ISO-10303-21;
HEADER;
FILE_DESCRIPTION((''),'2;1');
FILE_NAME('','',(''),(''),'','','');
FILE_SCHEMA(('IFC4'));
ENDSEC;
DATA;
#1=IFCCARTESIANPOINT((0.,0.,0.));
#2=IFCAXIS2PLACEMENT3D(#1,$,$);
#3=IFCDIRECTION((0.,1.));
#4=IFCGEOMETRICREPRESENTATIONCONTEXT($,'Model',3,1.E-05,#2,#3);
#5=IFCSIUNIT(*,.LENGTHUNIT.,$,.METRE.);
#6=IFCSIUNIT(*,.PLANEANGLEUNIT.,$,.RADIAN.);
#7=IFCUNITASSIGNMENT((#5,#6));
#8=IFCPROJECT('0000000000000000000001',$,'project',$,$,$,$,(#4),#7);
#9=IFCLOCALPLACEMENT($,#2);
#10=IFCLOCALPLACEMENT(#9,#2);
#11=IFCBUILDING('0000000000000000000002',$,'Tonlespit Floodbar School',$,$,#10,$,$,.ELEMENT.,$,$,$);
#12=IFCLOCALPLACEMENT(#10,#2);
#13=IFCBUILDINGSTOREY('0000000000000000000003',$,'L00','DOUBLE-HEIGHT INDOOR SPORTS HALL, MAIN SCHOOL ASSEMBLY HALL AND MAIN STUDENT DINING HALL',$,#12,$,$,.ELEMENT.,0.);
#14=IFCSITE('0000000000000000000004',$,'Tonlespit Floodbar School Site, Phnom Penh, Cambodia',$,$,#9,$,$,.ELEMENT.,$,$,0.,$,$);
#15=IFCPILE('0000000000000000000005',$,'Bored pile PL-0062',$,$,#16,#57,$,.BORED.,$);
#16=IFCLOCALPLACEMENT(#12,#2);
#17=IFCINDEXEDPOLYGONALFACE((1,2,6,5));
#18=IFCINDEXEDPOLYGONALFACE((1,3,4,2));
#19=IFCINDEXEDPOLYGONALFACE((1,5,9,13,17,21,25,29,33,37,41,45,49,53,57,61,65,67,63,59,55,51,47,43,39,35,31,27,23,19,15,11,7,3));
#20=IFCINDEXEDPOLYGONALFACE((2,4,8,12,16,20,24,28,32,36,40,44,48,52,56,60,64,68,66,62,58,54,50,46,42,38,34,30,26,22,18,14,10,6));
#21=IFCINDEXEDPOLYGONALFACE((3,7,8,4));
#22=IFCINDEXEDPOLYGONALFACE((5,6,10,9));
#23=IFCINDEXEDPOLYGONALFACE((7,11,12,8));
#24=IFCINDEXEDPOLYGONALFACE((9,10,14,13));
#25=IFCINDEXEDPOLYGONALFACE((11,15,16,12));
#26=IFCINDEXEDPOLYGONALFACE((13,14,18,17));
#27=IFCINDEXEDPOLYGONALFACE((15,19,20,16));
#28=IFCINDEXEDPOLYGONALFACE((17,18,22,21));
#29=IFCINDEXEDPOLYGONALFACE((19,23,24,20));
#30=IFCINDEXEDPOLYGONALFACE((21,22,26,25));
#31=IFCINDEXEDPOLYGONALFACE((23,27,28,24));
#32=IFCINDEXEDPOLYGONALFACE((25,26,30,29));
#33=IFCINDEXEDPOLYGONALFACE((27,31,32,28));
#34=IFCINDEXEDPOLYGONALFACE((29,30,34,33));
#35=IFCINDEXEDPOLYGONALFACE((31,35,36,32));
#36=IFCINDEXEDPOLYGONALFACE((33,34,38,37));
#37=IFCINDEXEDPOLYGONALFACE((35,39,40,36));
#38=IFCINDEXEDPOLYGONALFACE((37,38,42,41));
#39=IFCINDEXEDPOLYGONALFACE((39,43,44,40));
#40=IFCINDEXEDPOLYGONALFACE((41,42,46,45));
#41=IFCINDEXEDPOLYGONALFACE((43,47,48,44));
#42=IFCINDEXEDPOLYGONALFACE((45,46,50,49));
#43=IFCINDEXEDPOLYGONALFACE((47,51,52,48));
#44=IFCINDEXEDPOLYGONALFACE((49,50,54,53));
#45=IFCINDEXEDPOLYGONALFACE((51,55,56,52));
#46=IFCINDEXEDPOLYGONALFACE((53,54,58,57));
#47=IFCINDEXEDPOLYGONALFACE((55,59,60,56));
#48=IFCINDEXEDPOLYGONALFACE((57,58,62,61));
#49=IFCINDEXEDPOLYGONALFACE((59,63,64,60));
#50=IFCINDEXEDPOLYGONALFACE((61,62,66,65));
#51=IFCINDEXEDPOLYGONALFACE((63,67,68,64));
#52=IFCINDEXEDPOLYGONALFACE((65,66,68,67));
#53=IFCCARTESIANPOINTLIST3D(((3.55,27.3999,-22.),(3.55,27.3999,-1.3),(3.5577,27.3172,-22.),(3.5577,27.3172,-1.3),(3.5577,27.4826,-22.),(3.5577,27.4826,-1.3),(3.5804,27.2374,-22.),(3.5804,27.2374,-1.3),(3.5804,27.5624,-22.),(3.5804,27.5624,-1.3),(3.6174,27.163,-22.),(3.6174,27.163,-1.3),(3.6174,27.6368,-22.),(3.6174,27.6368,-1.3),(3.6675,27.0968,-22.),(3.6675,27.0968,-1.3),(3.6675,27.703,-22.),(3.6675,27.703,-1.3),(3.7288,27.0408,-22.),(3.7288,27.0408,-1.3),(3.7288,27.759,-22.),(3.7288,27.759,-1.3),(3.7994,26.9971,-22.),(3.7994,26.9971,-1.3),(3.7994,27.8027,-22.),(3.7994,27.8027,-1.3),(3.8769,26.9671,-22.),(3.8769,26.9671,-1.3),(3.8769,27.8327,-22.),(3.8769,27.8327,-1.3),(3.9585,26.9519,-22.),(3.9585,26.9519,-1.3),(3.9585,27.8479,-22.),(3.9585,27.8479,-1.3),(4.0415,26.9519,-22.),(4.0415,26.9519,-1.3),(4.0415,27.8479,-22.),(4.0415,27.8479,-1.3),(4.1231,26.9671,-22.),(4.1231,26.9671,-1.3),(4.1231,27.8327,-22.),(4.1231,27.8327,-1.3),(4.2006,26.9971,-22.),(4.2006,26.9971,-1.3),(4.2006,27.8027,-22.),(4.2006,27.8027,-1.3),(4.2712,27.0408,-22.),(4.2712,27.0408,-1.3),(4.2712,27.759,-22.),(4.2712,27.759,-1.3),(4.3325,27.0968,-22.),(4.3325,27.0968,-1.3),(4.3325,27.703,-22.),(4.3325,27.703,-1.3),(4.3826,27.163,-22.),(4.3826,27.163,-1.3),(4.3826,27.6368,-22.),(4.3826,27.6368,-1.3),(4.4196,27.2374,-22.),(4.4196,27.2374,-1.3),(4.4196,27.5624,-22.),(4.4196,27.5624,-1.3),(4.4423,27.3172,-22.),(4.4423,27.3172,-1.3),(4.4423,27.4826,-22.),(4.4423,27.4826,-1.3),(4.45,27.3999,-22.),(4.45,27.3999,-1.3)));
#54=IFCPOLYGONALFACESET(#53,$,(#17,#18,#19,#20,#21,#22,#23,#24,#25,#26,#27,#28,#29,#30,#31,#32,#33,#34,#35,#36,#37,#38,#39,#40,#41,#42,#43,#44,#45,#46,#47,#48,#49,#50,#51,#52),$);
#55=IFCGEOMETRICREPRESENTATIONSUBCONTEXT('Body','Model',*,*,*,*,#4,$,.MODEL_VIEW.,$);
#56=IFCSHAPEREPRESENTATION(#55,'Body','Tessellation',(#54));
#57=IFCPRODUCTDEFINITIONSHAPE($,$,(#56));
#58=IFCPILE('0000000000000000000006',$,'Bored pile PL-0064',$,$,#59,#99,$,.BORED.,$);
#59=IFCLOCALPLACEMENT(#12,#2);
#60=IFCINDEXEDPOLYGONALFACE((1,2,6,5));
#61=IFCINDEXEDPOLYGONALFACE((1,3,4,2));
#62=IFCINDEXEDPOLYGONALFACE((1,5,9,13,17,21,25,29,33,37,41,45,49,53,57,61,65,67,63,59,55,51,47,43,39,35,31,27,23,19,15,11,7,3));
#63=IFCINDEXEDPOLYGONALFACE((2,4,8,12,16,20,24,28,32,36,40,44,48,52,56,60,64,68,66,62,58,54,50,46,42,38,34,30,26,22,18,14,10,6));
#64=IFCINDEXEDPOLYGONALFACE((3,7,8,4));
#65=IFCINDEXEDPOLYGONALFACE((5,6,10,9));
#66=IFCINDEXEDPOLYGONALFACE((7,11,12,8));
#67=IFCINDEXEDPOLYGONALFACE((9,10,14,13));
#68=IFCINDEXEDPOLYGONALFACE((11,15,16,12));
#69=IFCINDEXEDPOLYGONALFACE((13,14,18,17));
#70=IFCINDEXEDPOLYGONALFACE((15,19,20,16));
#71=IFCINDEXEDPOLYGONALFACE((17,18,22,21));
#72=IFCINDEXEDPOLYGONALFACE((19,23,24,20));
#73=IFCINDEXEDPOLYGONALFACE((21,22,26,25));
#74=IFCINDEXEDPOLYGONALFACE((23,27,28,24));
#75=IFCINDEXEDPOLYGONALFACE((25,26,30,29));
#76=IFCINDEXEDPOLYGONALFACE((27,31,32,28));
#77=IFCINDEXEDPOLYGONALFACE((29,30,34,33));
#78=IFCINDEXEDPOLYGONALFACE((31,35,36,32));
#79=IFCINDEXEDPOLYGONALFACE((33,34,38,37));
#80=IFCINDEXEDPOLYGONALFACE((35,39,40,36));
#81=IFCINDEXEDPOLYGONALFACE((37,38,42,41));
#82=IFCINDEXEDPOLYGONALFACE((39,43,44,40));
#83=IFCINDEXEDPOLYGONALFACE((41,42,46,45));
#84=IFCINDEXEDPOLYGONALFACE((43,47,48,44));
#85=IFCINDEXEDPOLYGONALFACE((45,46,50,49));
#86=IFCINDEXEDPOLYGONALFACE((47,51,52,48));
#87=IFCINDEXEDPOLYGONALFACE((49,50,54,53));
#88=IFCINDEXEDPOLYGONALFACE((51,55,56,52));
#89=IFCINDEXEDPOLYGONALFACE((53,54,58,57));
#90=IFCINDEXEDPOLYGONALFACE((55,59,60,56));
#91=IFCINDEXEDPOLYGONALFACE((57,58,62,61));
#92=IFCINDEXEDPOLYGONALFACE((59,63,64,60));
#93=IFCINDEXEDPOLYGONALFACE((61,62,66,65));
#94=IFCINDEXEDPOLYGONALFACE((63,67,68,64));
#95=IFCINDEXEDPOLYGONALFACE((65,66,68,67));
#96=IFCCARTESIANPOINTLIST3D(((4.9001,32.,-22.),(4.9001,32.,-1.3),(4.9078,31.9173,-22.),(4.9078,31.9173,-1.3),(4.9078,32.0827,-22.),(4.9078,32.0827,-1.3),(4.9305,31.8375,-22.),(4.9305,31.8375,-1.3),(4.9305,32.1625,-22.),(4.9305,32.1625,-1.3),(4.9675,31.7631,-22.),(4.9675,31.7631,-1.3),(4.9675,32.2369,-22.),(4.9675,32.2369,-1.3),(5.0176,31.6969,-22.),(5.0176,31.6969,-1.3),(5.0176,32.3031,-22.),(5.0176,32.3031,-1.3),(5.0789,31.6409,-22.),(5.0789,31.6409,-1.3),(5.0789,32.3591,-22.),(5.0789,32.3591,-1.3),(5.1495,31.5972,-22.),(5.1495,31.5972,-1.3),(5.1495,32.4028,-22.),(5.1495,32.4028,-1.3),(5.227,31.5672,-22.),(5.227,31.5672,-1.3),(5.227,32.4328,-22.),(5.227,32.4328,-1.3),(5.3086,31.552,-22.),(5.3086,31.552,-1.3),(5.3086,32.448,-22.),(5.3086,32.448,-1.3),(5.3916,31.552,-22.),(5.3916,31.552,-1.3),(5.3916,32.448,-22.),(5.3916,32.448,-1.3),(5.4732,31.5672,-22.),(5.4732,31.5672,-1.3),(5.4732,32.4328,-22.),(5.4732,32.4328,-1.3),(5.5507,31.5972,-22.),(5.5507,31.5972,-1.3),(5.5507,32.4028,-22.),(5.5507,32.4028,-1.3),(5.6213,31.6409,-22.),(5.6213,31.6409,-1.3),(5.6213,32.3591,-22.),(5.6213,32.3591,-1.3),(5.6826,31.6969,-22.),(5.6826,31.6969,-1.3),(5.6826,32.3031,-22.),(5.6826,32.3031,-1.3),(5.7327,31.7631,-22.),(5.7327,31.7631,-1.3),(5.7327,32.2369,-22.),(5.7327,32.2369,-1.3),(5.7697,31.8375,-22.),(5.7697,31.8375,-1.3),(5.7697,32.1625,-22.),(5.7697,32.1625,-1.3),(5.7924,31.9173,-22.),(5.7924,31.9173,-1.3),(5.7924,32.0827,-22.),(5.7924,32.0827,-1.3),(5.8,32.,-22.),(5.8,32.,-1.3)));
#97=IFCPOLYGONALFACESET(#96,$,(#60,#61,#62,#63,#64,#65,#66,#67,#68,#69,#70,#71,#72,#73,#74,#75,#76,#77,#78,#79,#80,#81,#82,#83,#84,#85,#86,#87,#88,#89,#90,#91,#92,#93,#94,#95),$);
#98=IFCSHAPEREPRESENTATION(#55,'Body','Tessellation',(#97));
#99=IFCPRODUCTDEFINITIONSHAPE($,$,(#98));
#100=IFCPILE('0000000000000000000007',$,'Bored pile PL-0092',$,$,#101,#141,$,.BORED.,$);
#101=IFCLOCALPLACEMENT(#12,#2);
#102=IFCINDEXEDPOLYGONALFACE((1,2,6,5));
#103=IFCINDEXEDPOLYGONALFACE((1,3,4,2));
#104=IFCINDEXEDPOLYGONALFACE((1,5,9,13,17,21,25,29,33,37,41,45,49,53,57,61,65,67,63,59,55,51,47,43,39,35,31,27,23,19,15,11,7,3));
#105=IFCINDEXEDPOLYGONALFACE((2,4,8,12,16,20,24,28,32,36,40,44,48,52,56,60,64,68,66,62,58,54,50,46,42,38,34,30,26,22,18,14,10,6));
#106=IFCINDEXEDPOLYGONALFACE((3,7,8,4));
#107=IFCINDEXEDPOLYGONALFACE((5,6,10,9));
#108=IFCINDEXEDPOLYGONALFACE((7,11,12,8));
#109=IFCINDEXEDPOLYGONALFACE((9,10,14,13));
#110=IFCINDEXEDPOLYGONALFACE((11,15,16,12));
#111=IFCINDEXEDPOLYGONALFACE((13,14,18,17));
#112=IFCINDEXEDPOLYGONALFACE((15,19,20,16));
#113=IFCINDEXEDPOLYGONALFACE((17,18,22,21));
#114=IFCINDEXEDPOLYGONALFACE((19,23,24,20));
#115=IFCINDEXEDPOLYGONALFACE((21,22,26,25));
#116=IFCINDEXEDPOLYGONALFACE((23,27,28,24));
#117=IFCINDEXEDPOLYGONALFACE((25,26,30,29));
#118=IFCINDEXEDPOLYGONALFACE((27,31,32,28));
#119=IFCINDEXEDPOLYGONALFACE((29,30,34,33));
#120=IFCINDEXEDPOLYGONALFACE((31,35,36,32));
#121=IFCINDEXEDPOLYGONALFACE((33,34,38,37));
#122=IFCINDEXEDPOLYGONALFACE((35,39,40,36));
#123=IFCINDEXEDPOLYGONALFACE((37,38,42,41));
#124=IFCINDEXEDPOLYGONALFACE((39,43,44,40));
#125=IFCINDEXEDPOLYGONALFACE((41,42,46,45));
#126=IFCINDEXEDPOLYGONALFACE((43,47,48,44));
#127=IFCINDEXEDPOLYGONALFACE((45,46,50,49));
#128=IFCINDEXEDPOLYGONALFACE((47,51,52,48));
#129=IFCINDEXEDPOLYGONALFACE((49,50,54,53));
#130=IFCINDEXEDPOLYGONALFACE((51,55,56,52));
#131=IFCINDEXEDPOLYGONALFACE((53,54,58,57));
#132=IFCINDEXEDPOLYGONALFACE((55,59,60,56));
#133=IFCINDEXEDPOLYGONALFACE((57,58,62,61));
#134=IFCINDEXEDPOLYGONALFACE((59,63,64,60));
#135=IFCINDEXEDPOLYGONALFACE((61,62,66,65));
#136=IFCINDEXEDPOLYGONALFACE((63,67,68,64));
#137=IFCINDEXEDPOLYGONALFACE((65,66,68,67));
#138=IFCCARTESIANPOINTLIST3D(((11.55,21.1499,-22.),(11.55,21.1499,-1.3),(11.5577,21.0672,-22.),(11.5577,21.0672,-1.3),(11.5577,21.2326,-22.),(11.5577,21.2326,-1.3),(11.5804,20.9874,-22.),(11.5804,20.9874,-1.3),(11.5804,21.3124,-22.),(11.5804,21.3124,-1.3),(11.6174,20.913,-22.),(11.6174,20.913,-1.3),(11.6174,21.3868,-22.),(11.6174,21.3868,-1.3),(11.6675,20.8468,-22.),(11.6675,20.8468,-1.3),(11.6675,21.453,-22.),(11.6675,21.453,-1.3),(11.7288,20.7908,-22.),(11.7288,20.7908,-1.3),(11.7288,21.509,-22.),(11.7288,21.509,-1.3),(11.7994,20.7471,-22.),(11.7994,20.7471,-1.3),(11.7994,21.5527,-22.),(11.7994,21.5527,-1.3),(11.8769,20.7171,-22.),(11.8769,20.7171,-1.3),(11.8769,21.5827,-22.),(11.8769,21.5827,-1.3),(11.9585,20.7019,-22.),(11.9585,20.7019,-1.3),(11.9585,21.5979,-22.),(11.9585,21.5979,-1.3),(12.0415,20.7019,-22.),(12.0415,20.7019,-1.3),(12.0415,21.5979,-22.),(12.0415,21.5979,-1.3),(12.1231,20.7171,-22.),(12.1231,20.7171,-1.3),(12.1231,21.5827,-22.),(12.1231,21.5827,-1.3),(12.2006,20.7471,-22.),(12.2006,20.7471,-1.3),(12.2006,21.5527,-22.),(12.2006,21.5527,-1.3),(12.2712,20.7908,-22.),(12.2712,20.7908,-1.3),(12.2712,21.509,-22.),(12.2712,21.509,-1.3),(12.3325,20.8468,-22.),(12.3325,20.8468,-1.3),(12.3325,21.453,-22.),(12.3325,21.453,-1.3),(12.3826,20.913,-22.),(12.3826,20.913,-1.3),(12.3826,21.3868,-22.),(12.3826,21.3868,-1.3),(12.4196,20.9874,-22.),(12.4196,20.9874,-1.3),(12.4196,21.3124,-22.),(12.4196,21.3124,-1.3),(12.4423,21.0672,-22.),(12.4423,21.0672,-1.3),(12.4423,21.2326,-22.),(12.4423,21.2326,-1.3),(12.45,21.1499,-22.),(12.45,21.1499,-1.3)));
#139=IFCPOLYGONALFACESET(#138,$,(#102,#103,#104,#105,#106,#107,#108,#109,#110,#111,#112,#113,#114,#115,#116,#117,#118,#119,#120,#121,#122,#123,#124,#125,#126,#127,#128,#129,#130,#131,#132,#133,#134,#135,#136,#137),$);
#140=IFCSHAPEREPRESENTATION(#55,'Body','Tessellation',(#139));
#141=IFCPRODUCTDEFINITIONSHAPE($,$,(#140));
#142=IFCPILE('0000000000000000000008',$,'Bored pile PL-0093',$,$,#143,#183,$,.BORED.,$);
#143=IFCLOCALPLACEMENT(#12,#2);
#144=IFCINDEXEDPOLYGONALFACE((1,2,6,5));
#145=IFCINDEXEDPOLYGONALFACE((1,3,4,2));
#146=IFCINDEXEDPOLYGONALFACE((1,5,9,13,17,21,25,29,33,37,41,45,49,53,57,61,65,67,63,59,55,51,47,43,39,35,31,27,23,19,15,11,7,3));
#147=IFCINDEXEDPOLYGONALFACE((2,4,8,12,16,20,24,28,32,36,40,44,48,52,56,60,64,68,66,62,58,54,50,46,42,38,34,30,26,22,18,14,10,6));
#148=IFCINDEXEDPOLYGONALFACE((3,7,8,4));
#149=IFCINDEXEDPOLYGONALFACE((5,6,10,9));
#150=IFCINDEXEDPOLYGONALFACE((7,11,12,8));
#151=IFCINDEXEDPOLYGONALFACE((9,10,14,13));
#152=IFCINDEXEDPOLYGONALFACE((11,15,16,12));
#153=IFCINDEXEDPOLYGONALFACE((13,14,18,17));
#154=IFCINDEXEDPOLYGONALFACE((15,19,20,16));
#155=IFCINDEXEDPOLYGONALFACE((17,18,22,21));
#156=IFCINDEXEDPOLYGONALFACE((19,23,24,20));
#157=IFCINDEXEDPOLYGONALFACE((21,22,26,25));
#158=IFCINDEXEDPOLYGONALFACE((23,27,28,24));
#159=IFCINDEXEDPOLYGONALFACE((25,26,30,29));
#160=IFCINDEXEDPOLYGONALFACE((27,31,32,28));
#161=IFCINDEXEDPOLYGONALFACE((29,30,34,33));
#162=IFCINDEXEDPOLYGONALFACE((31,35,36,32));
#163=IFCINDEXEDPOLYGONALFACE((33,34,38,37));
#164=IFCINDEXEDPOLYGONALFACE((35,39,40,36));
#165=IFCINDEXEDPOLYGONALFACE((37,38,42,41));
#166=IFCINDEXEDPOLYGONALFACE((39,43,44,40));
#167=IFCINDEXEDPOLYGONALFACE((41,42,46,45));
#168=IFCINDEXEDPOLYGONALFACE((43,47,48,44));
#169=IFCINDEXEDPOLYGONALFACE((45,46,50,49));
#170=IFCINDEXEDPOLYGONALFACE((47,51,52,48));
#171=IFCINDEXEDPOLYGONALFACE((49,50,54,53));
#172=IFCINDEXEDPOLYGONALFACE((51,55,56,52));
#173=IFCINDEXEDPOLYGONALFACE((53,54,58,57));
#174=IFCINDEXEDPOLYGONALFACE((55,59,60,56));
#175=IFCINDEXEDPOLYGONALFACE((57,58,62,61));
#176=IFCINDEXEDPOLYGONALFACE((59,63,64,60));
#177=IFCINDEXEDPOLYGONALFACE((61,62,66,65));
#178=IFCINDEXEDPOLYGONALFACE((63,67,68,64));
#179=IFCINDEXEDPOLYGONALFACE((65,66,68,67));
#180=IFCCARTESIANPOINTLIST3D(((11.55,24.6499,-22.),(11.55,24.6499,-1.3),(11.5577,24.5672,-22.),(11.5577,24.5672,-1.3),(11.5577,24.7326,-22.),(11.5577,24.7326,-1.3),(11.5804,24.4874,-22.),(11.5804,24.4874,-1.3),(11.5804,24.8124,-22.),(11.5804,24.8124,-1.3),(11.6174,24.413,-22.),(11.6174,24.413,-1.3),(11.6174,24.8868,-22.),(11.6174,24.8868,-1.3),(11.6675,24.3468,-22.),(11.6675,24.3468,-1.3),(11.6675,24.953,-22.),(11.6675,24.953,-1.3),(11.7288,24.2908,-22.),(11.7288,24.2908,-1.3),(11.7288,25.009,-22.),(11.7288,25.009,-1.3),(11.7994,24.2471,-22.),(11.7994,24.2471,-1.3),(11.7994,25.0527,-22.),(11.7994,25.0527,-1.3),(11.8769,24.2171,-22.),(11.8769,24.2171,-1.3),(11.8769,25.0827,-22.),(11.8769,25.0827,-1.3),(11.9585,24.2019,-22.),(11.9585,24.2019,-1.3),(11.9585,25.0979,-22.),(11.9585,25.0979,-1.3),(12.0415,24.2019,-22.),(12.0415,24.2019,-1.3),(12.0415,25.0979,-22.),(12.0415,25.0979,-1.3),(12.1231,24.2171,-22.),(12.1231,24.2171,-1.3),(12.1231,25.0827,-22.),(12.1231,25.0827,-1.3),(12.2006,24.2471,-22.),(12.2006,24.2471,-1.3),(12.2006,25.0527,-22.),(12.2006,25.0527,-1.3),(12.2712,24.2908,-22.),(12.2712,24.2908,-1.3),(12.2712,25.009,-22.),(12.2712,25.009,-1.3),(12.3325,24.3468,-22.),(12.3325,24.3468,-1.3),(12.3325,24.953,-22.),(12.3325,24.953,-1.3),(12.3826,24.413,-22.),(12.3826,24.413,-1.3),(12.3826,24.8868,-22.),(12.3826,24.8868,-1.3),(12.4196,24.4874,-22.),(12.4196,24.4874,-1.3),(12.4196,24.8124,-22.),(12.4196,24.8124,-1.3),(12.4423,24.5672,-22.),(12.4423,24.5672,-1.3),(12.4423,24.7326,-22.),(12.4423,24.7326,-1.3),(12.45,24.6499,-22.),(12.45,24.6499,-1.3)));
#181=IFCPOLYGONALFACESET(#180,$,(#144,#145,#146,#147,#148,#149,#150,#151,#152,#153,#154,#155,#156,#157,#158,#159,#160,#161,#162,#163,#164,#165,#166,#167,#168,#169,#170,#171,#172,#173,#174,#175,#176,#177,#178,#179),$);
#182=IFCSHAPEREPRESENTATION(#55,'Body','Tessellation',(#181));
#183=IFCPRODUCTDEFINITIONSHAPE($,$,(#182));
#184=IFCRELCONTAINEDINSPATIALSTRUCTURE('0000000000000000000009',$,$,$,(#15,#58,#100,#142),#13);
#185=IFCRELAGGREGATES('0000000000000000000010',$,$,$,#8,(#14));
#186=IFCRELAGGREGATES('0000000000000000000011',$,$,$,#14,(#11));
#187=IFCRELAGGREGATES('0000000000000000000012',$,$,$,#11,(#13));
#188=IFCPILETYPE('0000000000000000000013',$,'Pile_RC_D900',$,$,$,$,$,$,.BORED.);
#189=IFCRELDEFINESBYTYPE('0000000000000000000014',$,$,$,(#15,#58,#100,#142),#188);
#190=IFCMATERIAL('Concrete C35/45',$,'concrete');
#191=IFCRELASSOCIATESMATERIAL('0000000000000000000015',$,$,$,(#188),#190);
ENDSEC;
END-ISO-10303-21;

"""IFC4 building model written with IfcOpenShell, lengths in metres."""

from ifc_helpers import new_model, si_unit, direction, frame, origin, origin_2d, place, context, subcontext, project, spatial, circle, extrude, material, material_profile, profile_set, type_object, element, save


model = new_model("IFC4")

# Units and contexts
model_context = context("Model", 3, precision=1e-05, world=origin(), true_north=direction((0.0, 1.0)))
body_context = subcontext(model_context, "Body", "Model", "MODEL_VIEW")
ifc_project = project(units=[si_unit("LENGTHUNIT", "METRE"), si_unit("PLANEANGLEUNIT", "RADIAN")], contexts=[model_context])

# Site, building, storey
site_placement = place(None, origin())
site = spatial("IfcSite", under=ifc_project, at=site_placement, Name="Tonlespit Floodbar School Site, Phnom Penh, Cambodia", CompositionType="ELEMENT", RefElevation=0.0)
building_placement = place(site_placement, origin())
building = spatial("IfcBuilding", under=site, at=building_placement, Name="Tonlespit Floodbar School", CompositionType="ELEMENT")
storey_placement = place(building_placement, origin())
storey = spatial("IfcBuildingStorey", under=building, at=storey_placement, Name="L00", Description="DOUBLE-HEIGHT INDOOR SPORTS HALL, MAIN SCHOOL ASSEMBLY HALL AND MAIN STUDENT DINING HALL", CompositionType="ELEMENT", Elevation=0.0)

# Piles
ifc_material_1 = material(Name="Concrete C35/45", Category="concrete")
ifc_material_profile_1 = material_profile(ifc_material_1, circle(Radius=0.45, at=origin_2d()), Name="BP D900")
ifc_profile_set_1 = profile_set([ifc_material_profile_1], Name="Concrete C35/45")
pile_type = type_object("IfcPileType", Name="Pile_RC_D900", PredefinedType="BORED", material=ifc_profile_set_1)
for number, where, z_axis, x_axis, name in (
    (1, (4.0, 27.3999, -1.3), (0.0, 0.0, -1.0), (1.0, 0.0, 0.0), "Bored pile PL-0062"),
    (2, (5.3501, 32.0, -1.3), (0.0, 0.0, -1.0), (1.0, 0.0, 0.0), "Bored pile PL-0064"),
    (3, (12.0, 21.1499, -1.3), (0.0, 0.0, -1.0), (1.0, 0.0, 0.0), "Bored pile PL-0092"),
    (4, (12.0, 24.6499, -1.3), (0.0, 0.0, -1.0), (1.0, 0.0, 0.0), "Bored pile PL-0093"),
):
    element("IfcPile", number, at=place(storey_placement, frame(where, z_axis=z_axis, x_axis=x_axis)), inside=storey, type_object=pile_type, Name=name, PredefinedType="BORED", context=body_context, shape_type="SweptSolid", body=[
        extrude(circle(Radius=0.45, at=origin_2d()), origin(), (0.0, 0.0, 1.0), 20.7),
    ])

save(model, "model.ifc")
